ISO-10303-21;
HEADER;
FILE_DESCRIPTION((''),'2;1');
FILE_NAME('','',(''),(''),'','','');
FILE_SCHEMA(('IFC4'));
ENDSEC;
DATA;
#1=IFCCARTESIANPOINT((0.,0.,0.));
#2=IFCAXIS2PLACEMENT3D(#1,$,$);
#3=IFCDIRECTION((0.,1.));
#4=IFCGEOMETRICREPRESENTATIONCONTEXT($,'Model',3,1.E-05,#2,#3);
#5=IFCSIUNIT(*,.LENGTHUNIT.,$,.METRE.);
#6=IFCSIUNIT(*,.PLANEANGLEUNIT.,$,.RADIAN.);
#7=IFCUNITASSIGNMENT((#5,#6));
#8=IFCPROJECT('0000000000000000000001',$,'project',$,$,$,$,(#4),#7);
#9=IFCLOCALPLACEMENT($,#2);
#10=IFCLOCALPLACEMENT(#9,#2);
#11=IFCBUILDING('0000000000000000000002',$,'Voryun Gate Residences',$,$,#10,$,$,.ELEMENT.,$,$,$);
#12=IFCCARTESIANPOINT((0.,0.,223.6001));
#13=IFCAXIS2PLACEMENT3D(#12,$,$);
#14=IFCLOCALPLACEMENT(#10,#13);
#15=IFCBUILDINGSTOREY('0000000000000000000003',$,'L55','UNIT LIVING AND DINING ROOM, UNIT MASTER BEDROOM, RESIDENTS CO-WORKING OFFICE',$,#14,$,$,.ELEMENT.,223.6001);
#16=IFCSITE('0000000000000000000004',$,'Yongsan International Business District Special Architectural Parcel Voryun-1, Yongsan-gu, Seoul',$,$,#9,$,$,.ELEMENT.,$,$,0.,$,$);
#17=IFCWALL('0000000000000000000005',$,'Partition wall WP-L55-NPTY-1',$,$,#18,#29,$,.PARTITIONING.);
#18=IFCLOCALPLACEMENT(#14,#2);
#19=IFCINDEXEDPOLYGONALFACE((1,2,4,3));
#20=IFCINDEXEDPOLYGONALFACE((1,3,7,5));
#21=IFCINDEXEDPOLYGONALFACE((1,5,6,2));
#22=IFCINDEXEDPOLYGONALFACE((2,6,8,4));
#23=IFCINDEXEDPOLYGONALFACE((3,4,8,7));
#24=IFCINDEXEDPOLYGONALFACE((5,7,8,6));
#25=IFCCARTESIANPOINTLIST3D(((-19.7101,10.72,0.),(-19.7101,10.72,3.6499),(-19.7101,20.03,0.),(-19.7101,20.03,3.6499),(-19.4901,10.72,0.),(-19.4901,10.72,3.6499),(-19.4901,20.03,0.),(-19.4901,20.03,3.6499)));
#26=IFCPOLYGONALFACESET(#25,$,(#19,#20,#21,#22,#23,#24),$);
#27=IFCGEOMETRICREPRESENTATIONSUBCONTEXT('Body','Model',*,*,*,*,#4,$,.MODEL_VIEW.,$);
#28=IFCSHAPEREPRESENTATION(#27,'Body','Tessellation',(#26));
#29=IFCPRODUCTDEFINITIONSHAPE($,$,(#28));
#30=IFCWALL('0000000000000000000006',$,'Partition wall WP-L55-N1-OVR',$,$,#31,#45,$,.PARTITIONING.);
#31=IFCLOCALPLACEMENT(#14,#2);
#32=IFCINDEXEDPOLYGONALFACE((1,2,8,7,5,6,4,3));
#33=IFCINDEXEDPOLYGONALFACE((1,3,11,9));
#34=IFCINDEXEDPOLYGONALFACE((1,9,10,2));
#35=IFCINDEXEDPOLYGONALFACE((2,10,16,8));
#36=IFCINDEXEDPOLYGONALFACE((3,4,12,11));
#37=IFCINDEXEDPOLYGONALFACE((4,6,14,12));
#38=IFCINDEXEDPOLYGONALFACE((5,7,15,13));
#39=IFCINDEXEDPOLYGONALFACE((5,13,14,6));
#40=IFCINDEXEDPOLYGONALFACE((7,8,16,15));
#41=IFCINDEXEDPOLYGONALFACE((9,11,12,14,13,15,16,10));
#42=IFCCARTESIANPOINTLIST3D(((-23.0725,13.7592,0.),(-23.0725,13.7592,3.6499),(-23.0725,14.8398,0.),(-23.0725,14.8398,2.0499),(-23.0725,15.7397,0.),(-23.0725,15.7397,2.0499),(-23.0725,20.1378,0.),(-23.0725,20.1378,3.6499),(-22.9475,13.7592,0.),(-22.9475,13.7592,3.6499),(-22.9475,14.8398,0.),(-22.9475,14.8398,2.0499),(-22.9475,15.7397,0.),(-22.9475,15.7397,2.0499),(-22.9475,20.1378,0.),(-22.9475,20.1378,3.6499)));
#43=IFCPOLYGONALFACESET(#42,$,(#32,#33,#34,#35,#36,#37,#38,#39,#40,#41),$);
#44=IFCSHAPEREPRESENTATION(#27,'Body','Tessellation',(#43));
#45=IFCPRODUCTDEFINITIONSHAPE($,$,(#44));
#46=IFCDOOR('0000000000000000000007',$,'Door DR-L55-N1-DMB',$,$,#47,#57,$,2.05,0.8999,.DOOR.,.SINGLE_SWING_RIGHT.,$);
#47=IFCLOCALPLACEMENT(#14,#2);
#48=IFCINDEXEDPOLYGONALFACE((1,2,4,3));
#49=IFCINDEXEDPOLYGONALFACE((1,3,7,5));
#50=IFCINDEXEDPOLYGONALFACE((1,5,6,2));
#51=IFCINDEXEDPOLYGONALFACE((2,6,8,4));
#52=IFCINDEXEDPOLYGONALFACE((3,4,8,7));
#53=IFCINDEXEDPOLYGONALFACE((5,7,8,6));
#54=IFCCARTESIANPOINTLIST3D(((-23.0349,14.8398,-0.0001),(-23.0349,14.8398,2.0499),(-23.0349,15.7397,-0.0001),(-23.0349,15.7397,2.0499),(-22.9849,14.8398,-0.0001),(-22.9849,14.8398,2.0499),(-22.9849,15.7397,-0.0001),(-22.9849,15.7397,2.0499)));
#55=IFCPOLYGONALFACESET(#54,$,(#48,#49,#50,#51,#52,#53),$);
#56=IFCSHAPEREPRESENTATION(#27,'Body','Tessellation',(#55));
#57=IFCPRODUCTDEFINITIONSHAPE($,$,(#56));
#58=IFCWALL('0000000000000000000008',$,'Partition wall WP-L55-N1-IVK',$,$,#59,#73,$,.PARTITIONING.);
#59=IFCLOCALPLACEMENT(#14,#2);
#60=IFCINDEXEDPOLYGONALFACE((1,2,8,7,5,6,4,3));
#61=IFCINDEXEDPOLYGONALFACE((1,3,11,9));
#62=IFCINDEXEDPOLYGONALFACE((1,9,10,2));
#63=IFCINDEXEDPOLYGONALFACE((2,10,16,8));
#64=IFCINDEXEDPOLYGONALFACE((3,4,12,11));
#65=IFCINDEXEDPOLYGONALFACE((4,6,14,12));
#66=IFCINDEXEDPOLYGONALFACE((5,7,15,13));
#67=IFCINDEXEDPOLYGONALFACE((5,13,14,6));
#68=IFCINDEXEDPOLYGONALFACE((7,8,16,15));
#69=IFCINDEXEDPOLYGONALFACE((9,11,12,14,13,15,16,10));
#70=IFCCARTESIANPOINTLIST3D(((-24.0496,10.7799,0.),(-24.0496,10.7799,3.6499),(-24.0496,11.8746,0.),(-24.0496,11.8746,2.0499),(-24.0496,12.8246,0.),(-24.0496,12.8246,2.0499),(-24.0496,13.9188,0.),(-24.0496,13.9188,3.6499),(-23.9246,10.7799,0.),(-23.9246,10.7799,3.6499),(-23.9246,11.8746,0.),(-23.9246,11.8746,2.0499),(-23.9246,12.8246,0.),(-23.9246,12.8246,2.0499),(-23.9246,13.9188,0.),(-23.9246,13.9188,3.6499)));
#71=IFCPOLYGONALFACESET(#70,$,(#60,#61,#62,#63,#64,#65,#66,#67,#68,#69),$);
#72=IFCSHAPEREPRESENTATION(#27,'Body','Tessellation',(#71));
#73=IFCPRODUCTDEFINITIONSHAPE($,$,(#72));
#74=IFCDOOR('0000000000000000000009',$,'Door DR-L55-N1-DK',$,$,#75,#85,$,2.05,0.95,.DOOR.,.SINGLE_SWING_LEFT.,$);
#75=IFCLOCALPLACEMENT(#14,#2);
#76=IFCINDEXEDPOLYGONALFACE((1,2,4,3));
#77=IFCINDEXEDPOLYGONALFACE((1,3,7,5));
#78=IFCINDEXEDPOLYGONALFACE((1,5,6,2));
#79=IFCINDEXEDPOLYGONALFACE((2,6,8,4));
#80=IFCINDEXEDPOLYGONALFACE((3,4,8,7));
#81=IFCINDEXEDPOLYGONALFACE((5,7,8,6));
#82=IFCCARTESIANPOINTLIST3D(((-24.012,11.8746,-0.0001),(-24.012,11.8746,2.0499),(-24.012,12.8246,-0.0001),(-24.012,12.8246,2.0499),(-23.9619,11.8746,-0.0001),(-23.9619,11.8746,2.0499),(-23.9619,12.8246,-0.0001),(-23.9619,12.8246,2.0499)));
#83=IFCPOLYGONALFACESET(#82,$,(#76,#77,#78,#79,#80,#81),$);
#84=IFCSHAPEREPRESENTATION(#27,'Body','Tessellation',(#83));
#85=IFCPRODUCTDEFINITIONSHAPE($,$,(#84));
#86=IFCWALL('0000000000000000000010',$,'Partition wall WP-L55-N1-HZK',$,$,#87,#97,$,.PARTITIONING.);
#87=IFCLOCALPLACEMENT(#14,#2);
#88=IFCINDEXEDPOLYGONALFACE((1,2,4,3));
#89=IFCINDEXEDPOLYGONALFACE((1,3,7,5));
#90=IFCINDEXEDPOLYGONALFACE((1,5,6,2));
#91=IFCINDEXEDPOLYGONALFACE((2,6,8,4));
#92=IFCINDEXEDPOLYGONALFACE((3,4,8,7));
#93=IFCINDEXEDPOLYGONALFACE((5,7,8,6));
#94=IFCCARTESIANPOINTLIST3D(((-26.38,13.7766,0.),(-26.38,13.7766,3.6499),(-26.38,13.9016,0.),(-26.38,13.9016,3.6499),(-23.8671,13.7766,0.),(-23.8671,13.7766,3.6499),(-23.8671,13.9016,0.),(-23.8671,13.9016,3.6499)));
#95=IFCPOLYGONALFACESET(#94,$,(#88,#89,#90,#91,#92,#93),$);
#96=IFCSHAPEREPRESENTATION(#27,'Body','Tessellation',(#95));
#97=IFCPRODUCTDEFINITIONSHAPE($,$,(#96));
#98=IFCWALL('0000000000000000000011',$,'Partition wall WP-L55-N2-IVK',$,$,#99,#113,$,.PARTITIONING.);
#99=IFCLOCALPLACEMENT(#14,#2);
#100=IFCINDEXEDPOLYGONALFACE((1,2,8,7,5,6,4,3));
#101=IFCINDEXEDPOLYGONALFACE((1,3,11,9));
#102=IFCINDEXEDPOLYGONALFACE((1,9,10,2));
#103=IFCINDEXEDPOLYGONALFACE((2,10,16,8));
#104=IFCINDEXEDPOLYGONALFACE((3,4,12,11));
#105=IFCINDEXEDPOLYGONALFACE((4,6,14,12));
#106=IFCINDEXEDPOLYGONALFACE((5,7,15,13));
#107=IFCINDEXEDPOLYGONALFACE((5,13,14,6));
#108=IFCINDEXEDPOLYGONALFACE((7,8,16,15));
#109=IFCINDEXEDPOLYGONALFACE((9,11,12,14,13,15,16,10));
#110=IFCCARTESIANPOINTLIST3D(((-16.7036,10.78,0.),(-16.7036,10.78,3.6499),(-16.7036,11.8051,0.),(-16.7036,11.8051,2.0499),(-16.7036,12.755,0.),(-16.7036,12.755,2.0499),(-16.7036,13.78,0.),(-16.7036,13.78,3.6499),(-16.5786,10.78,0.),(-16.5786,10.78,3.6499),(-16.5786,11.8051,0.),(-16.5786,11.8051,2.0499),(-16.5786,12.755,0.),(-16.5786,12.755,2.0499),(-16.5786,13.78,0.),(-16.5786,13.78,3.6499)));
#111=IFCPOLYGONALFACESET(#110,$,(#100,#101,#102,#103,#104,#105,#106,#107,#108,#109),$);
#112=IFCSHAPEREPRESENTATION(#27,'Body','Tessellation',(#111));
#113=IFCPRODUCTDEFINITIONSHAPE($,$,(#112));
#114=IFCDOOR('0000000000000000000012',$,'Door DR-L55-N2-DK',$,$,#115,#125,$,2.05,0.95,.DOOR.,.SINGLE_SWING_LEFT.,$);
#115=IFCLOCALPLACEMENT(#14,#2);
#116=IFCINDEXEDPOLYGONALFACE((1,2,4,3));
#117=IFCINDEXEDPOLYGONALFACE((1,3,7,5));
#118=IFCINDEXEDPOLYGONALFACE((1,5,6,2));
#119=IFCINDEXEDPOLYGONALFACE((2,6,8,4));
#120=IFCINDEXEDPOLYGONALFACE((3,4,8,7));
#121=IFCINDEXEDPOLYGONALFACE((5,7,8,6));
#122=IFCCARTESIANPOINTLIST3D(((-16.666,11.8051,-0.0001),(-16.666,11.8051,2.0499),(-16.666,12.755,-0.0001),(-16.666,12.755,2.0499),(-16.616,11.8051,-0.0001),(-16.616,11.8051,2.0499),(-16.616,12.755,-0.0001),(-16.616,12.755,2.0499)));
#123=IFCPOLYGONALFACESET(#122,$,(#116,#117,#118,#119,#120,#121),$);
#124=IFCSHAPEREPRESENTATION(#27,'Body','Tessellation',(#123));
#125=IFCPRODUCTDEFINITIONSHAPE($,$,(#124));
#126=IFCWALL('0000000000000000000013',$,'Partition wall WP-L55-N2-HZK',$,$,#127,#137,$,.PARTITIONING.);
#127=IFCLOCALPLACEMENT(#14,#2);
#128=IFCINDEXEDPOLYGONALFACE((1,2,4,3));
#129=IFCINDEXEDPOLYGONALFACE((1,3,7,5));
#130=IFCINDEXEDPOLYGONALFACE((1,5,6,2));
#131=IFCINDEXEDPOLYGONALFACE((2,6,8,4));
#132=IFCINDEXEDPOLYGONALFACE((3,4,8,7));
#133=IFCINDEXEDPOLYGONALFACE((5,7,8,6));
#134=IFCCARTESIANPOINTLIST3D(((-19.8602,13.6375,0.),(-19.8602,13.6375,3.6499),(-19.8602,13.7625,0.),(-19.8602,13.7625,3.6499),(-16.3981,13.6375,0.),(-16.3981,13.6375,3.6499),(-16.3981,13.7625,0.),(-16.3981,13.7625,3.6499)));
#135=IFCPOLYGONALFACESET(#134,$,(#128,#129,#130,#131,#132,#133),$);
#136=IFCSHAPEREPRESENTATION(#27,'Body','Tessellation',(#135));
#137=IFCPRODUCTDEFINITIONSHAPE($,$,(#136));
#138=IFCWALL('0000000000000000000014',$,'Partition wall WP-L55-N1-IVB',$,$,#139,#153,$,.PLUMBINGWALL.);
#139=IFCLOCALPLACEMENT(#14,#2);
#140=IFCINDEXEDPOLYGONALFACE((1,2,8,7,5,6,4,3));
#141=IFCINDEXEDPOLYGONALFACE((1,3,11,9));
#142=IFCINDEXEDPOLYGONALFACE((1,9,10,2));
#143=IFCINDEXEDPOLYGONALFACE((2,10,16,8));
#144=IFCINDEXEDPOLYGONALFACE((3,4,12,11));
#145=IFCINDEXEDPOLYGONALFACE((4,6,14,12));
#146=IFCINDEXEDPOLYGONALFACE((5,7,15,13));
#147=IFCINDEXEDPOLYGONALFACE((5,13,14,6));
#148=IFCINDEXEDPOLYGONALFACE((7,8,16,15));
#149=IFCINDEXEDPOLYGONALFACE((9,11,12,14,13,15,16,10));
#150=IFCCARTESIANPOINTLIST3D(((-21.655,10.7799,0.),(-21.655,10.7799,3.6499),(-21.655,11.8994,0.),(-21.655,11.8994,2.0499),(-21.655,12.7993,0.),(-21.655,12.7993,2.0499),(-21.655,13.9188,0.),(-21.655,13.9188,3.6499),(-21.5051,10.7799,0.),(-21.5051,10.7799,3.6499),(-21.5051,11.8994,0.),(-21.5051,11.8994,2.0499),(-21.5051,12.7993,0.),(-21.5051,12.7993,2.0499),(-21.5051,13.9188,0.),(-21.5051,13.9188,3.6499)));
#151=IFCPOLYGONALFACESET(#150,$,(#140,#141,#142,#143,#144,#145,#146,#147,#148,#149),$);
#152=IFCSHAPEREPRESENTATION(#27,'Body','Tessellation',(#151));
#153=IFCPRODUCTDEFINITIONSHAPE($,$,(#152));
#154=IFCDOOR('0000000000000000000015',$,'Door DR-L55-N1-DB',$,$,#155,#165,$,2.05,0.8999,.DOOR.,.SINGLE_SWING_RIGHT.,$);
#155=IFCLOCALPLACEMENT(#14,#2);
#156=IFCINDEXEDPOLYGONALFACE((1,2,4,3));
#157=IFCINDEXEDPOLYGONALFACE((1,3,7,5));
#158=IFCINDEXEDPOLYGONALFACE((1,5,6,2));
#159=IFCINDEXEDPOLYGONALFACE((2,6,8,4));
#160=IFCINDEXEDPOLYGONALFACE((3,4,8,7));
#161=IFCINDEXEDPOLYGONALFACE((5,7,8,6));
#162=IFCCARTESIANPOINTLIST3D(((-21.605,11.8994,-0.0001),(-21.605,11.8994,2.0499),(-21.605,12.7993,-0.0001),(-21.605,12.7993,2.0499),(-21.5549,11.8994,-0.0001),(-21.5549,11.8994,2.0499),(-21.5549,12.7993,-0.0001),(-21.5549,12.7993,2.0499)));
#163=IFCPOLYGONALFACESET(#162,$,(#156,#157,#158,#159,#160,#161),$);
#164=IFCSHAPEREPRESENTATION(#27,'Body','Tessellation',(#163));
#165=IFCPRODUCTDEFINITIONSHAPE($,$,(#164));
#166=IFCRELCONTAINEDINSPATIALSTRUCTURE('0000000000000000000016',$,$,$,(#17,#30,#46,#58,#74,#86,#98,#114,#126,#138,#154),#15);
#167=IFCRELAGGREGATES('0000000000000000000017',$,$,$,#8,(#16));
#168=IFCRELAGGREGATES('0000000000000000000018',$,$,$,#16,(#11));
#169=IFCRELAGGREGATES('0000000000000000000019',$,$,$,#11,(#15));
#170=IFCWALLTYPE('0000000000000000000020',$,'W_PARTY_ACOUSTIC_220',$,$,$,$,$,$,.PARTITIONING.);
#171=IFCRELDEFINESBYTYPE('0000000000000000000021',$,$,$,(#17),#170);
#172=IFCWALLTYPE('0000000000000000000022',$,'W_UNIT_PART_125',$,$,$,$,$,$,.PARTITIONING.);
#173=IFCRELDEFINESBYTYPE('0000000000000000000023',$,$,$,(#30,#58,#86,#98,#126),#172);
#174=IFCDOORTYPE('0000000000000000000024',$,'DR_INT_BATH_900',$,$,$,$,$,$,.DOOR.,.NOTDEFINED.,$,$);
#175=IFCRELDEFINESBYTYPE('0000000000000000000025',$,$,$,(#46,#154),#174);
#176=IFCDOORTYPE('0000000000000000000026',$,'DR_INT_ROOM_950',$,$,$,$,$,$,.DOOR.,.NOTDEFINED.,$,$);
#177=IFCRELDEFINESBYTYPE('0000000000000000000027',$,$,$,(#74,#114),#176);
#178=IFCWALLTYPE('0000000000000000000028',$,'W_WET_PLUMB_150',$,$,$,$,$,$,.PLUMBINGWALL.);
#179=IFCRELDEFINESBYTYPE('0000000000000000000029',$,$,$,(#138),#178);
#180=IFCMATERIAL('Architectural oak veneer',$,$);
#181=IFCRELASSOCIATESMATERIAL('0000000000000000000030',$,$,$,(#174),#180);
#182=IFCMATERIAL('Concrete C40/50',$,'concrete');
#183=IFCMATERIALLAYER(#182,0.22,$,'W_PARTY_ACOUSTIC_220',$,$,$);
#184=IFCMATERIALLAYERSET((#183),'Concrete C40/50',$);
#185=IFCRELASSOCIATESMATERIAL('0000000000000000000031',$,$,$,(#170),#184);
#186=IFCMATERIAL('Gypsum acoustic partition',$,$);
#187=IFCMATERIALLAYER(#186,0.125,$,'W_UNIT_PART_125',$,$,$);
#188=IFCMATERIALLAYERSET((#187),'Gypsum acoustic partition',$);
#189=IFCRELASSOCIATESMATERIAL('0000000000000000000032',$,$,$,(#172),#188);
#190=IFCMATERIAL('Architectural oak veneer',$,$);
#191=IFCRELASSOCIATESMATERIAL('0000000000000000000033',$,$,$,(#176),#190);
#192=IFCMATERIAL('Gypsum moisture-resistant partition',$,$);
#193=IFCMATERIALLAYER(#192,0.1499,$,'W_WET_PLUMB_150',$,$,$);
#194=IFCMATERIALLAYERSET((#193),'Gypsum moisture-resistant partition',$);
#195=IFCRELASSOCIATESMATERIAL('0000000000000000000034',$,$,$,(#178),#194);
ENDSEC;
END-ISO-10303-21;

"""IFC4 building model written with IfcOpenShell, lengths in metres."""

from ifc_helpers import new_model, si_unit, direction, frame, frame_2d, origin, place, context, subcontext, project, spatial, rectangle, extrude, material, layer, layer_set, type_object, element, fill, save


model = new_model("IFC4")

# Units and contexts
model_context = context("Model", 3, precision=1e-05, world=origin(), true_north=direction((0.0, 1.0)))
body_context = subcontext(model_context, "Body", "Model", "MODEL_VIEW")
ifc_project = project(units=[si_unit("LENGTHUNIT", "METRE"), si_unit("PLANEANGLEUNIT", "RADIAN")], contexts=[model_context])

# Site, building, storey
site_placement = place(None, origin())
site = spatial("IfcSite", under=ifc_project, at=site_placement, Name="Yongsan International Business District Special Architectural Parcel Voryun-1, Yongsan-gu, Seoul", CompositionType="ELEMENT", RefElevation=0.0)
building_placement = place(site_placement, origin())
building = spatial("IfcBuilding", under=site, at=building_placement, Name="Voryun Gate Residences", CompositionType="ELEMENT")
storey_placement = place(building_placement, frame((0.0, 0.0, 223.6001)))
storey = spatial("IfcBuildingStorey", under=building, at=storey_placement, Name="L55", Description="UNIT LIVING AND DINING ROOM, UNIT MASTER BEDROOM, RESIDENTS CO-WORKING OFFICE", CompositionType="ELEMENT", Elevation=223.6001)

# Shared definitions
ifc_material_1 = material(Name="Architectural oak veneer")
door_type_1 = type_object("IfcDoorType", Name="DR_INT_BATH_900", OperationType="NOTDEFINED", PredefinedType="DOOR", material=ifc_material_1)

# Wall
ifc_material_2 = material(Name="Concrete C40/50", Category="concrete")
ifc_layer_1 = layer(ifc_material_2, 0.22, Name="W_PARTY_ACOUSTIC_220")
ifc_layer_set_1 = layer_set([ifc_layer_1], Name="Concrete C40/50")
wall_type_1 = type_object("IfcWallType", Name="W_PARTY_ACOUSTIC_220", PredefinedType="PARTITIONING", material=ifc_layer_set_1)
wall_1_placement = place(storey_placement, frame((-19.6001, 10.72, 0.0), z_axis=(0.0, 0.0, 1.0), x_axis=(0.0, 1.0, 0.0)))
element("IfcWall", 1, at=wall_1_placement, inside=storey, type_object=wall_type_1, Name="Partition wall WP-L55-NPTY-1", PredefinedType="PARTITIONING", context=body_context, shape_type="SweptSolid", body=[
    extrude(rectangle(XDim=9.3101, YDim=0.22, at=frame_2d((4.655, 0.0))), origin(), (0.0, 0.0, 1.0), 3.6499),
])

# Walls, openings, doors
ifc_material_3 = material(Name="Gypsum acoustic partition")
ifc_layer_2 = layer(ifc_material_3, 0.125, Name="W_UNIT_PART_125")
ifc_layer_set_2 = layer_set([ifc_layer_2], Name="Gypsum acoustic partition")
wall_type_2 = type_object("IfcWallType", Name="W_UNIT_PART_125", PredefinedType="PARTITIONING", material=ifc_layer_set_2)
wall_2_placement = place(storey_placement, frame((-23.01, 13.759, 0.0), z_axis=(0.0, 0.0, 1.0), x_axis=(0.0, 1.0, 0.0)))
wall_2 = element("IfcWall", 2, at=wall_2_placement, inside=storey, type_object=wall_type_2, Name="Partition wall WP-L55-N1-OVR", PredefinedType="PARTITIONING", context=body_context, shape_type="SweptSolid", body=[
    extrude(rectangle(XDim=6.3787, YDim=0.125, at=frame_2d((3.1895, 0.0))), origin(), (0.0, 0.0, 1.0), 3.6499),
])
opening_1_placement = place(wall_2_placement, frame((1.0808, 0.0, 0.0)))
opening_1 = element("IfcOpeningElement", 3, at=opening_1_placement, cuts=wall_2, PredefinedType="OPENING", context=body_context, shape_type="SweptSolid", body=[
    extrude(rectangle(XDim=0.8999, YDim=2.05, at=frame_2d((0.45, 1.0249))), frame((0.0, 0.0725, 0.0), z_axis=(0.0, -1.0, 0.0), x_axis=(1.0, 0.0, 0.0)), (0.0, 0.0, 1.0), 0.145),
])
door_1_placement = place(opening_1_placement, origin())
door_1 = element("IfcDoor", 4, at=door_1_placement, inside=storey, type_object=door_type_1, Name="Door DR-L55-N1-DMB", OperationType="SINGLE_SWING_RIGHT", OverallHeight=2.05, OverallWidth=0.8999, PredefinedType="DOOR", context=body_context, shape_type="SweptSolid", body=[
    extrude(rectangle(XDim=0.8999, YDim=2.05, at=frame_2d((0.45, 1.0249))), frame((0.0, 0.0249, 0.0), z_axis=(0.0, -1.0, 0.0), x_axis=(1.0, 0.0, 0.0)), (0.0, 0.0, 1.0), 0.05),
])
fill(opening_1, door_1)
wall_3_placement = place(storey_placement, frame((-23.9871, 10.78, 0.0), z_axis=(0.0, 0.0, 1.0), x_axis=(0.0, 1.0, 0.0)))
wall_3 = element("IfcWall", 5, at=wall_3_placement, inside=storey, type_object=wall_type_2, Name="Partition wall WP-L55-N1-IVK", PredefinedType="PARTITIONING", context=body_context, shape_type="SweptSolid", body=[
    extrude(rectangle(XDim=3.1389, YDim=0.125, at=frame_2d((1.5693, 0.0))), origin(), (0.0, 0.0, 1.0), 3.6499),
])
opening_2_placement = place(wall_3_placement, frame((1.0945, 0.0, 0.0)))
opening_2 = element("IfcOpeningElement", 6, at=opening_2_placement, cuts=wall_3, PredefinedType="OPENING", context=body_context, shape_type="SweptSolid", body=[
    extrude(rectangle(XDim=0.95, YDim=2.05, at=frame_2d((0.4751, 1.0249))), frame((0.0, 0.0725, 0.0), z_axis=(0.0, -1.0, 0.0), x_axis=(1.0, 0.0, 0.0)), (0.0, 0.0, 1.0), 0.145),
])
ifc_material_4 = material(Name="Architectural oak veneer")
door_type_2 = type_object("IfcDoorType", Name="DR_INT_ROOM_950", OperationType="NOTDEFINED", PredefinedType="DOOR", material=ifc_material_4)
door_2_placement = place(opening_2_placement, origin())
door_2 = element("IfcDoor", 7, at=door_2_placement, inside=storey, type_object=door_type_2, Name="Door DR-L55-N1-DK", OperationType="SINGLE_SWING_LEFT", OverallHeight=2.05, OverallWidth=0.95, PredefinedType="DOOR", context=body_context, shape_type="SweptSolid", body=[
    extrude(rectangle(XDim=0.95, YDim=2.05, at=frame_2d((0.4751, 1.0249))), frame((0.0, 0.0249, 0.0), z_axis=(0.0, -1.0, 0.0), x_axis=(1.0, 0.0, 0.0)), (0.0, 0.0, 1.0), 0.05),
])
fill(opening_2, door_2)

# Wall
wall_4_placement = place(storey_placement, frame((-26.3799, 13.8391, 0.0), z_axis=(0.0, 0.0, 1.0), x_axis=(1.0, 0.0, 0.0)))
element("IfcWall", 8, at=wall_4_placement, inside=storey, type_object=wall_type_2, Name="Partition wall WP-L55-N1-HZK", PredefinedType="PARTITIONING", context=body_context, shape_type="SweptSolid", body=[
    extrude(rectangle(XDim=2.5129, YDim=0.125, at=frame_2d((1.2563, 0.0))), origin(), (0.0, 0.0, 1.0), 3.6499),
])

# Wall, opening, door
wall_5_placement = place(storey_placement, frame((-16.6411, 10.78, 0.0), z_axis=(0.0, 0.0, 1.0), x_axis=(0.0, 1.0, 0.0)))
wall_5 = element("IfcWall", 9, at=wall_5_placement, inside=storey, type_object=wall_type_2, Name="Partition wall WP-L55-N2-IVK", PredefinedType="PARTITIONING", context=body_context, shape_type="SweptSolid", body=[
    extrude(rectangle(XDim=3.0, YDim=0.125, at=frame_2d((1.5, 0.0))), origin(), (0.0, 0.0, 1.0), 3.6499),
])
opening_3_placement = place(wall_5_placement, frame((1.0249, 0.0, 0.0)))
opening_3 = element("IfcOpeningElement", 10, at=opening_3_placement, cuts=wall_5, PredefinedType="OPENING", context=body_context, shape_type="SweptSolid", body=[
    extrude(rectangle(XDim=0.95, YDim=2.05, at=frame_2d((0.4751, 1.0249))), frame((0.0, 0.0725, 0.0), z_axis=(0.0, -1.0, 0.0), x_axis=(1.0, 0.0, 0.0)), (0.0, 0.0, 1.0), 0.145),
])
door_3_placement = place(opening_3_placement, origin())
door_3 = element("IfcDoor", 11, at=door_3_placement, inside=storey, type_object=door_type_2, Name="Door DR-L55-N2-DK", OperationType="SINGLE_SWING_LEFT", OverallHeight=2.05, OverallWidth=0.95, PredefinedType="DOOR", context=body_context, shape_type="SweptSolid", body=[
    extrude(rectangle(XDim=0.95, YDim=2.05, at=frame_2d((0.4751, 1.0249))), frame((0.0, 0.0249, 0.0), z_axis=(0.0, -1.0, 0.0), x_axis=(1.0, 0.0, 0.0)), (0.0, 0.0, 1.0), 0.05),
])
fill(opening_3, door_3)

# Wall
wall_6_placement = place(storey_placement, frame((-19.8601, 13.7, 0.0), z_axis=(0.0, 0.0, 1.0), x_axis=(1.0, 0.0, 0.0)))
element("IfcWall", 12, at=wall_6_placement, inside=storey, type_object=wall_type_2, Name="Partition wall WP-L55-N2-HZK", PredefinedType="PARTITIONING", context=body_context, shape_type="SweptSolid", body=[
    extrude(rectangle(XDim=3.4622, YDim=0.125, at=frame_2d((1.731, 0.0))), origin(), (0.0, 0.0, 1.0), 3.6499),
])

# Wall, opening, door
ifc_material_5 = material(Name="Gypsum moisture-resistant partition")
ifc_layer_3 = layer(ifc_material_5, 0.1499, Name="W_WET_PLUMB_150")
ifc_layer_set_3 = layer_set([ifc_layer_3], Name="Gypsum moisture-resistant partition")
wall_type_3 = type_object("IfcWallType", Name="W_WET_PLUMB_150", PredefinedType="PLUMBINGWALL", material=ifc_layer_set_3)
wall_7_placement = place(storey_placement, frame((-21.5801, 10.78, 0.0), z_axis=(0.0, 0.0, 1.0), x_axis=(0.0, 1.0, 0.0)))
wall_7 = element("IfcWall", 13, at=wall_7_placement, inside=storey, type_object=wall_type_3, Name="Partition wall WP-L55-N1-IVB", PredefinedType="PLUMBINGWALL", context=body_context, shape_type="SweptSolid", body=[
    extrude(rectangle(XDim=3.1389, YDim=0.1499, at=frame_2d((1.5693, 0.0))), origin(), (0.0, 0.0, 1.0), 3.6499),
])
opening_4_placement = place(wall_7_placement, frame((1.1194, 0.0, 0.0)))
opening_4 = element("IfcOpeningElement", 14, at=opening_4_placement, cuts=wall_7, PredefinedType="OPENING", context=body_context, shape_type="SweptSolid", body=[
    extrude(rectangle(XDim=0.8999, YDim=2.05, at=frame_2d((0.45, 1.0249))), frame((0.0, 0.085, 0.0), z_axis=(0.0, -1.0, 0.0), x_axis=(1.0, 0.0, 0.0)), (0.0, 0.0, 1.0), 0.1699),
])
door_4_placement = place(opening_4_placement, origin())
door_4 = element("IfcDoor", 15, at=door_4_placement, inside=storey, type_object=door_type_1, Name="Door DR-L55-N1-DB", OperationType="SINGLE_SWING_RIGHT", OverallHeight=2.05, OverallWidth=0.8999, PredefinedType="DOOR", context=body_context, shape_type="SweptSolid", body=[
    extrude(rectangle(XDim=0.8999, YDim=2.05, at=frame_2d((0.45, 1.0249))), frame((0.0, 0.0249, 0.0), z_axis=(0.0, -1.0, 0.0), x_axis=(1.0, 0.0, 0.0)), (0.0, 0.0, 1.0), 0.05),
])
fill(opening_4, door_4)

save(model, "model.ifc")
